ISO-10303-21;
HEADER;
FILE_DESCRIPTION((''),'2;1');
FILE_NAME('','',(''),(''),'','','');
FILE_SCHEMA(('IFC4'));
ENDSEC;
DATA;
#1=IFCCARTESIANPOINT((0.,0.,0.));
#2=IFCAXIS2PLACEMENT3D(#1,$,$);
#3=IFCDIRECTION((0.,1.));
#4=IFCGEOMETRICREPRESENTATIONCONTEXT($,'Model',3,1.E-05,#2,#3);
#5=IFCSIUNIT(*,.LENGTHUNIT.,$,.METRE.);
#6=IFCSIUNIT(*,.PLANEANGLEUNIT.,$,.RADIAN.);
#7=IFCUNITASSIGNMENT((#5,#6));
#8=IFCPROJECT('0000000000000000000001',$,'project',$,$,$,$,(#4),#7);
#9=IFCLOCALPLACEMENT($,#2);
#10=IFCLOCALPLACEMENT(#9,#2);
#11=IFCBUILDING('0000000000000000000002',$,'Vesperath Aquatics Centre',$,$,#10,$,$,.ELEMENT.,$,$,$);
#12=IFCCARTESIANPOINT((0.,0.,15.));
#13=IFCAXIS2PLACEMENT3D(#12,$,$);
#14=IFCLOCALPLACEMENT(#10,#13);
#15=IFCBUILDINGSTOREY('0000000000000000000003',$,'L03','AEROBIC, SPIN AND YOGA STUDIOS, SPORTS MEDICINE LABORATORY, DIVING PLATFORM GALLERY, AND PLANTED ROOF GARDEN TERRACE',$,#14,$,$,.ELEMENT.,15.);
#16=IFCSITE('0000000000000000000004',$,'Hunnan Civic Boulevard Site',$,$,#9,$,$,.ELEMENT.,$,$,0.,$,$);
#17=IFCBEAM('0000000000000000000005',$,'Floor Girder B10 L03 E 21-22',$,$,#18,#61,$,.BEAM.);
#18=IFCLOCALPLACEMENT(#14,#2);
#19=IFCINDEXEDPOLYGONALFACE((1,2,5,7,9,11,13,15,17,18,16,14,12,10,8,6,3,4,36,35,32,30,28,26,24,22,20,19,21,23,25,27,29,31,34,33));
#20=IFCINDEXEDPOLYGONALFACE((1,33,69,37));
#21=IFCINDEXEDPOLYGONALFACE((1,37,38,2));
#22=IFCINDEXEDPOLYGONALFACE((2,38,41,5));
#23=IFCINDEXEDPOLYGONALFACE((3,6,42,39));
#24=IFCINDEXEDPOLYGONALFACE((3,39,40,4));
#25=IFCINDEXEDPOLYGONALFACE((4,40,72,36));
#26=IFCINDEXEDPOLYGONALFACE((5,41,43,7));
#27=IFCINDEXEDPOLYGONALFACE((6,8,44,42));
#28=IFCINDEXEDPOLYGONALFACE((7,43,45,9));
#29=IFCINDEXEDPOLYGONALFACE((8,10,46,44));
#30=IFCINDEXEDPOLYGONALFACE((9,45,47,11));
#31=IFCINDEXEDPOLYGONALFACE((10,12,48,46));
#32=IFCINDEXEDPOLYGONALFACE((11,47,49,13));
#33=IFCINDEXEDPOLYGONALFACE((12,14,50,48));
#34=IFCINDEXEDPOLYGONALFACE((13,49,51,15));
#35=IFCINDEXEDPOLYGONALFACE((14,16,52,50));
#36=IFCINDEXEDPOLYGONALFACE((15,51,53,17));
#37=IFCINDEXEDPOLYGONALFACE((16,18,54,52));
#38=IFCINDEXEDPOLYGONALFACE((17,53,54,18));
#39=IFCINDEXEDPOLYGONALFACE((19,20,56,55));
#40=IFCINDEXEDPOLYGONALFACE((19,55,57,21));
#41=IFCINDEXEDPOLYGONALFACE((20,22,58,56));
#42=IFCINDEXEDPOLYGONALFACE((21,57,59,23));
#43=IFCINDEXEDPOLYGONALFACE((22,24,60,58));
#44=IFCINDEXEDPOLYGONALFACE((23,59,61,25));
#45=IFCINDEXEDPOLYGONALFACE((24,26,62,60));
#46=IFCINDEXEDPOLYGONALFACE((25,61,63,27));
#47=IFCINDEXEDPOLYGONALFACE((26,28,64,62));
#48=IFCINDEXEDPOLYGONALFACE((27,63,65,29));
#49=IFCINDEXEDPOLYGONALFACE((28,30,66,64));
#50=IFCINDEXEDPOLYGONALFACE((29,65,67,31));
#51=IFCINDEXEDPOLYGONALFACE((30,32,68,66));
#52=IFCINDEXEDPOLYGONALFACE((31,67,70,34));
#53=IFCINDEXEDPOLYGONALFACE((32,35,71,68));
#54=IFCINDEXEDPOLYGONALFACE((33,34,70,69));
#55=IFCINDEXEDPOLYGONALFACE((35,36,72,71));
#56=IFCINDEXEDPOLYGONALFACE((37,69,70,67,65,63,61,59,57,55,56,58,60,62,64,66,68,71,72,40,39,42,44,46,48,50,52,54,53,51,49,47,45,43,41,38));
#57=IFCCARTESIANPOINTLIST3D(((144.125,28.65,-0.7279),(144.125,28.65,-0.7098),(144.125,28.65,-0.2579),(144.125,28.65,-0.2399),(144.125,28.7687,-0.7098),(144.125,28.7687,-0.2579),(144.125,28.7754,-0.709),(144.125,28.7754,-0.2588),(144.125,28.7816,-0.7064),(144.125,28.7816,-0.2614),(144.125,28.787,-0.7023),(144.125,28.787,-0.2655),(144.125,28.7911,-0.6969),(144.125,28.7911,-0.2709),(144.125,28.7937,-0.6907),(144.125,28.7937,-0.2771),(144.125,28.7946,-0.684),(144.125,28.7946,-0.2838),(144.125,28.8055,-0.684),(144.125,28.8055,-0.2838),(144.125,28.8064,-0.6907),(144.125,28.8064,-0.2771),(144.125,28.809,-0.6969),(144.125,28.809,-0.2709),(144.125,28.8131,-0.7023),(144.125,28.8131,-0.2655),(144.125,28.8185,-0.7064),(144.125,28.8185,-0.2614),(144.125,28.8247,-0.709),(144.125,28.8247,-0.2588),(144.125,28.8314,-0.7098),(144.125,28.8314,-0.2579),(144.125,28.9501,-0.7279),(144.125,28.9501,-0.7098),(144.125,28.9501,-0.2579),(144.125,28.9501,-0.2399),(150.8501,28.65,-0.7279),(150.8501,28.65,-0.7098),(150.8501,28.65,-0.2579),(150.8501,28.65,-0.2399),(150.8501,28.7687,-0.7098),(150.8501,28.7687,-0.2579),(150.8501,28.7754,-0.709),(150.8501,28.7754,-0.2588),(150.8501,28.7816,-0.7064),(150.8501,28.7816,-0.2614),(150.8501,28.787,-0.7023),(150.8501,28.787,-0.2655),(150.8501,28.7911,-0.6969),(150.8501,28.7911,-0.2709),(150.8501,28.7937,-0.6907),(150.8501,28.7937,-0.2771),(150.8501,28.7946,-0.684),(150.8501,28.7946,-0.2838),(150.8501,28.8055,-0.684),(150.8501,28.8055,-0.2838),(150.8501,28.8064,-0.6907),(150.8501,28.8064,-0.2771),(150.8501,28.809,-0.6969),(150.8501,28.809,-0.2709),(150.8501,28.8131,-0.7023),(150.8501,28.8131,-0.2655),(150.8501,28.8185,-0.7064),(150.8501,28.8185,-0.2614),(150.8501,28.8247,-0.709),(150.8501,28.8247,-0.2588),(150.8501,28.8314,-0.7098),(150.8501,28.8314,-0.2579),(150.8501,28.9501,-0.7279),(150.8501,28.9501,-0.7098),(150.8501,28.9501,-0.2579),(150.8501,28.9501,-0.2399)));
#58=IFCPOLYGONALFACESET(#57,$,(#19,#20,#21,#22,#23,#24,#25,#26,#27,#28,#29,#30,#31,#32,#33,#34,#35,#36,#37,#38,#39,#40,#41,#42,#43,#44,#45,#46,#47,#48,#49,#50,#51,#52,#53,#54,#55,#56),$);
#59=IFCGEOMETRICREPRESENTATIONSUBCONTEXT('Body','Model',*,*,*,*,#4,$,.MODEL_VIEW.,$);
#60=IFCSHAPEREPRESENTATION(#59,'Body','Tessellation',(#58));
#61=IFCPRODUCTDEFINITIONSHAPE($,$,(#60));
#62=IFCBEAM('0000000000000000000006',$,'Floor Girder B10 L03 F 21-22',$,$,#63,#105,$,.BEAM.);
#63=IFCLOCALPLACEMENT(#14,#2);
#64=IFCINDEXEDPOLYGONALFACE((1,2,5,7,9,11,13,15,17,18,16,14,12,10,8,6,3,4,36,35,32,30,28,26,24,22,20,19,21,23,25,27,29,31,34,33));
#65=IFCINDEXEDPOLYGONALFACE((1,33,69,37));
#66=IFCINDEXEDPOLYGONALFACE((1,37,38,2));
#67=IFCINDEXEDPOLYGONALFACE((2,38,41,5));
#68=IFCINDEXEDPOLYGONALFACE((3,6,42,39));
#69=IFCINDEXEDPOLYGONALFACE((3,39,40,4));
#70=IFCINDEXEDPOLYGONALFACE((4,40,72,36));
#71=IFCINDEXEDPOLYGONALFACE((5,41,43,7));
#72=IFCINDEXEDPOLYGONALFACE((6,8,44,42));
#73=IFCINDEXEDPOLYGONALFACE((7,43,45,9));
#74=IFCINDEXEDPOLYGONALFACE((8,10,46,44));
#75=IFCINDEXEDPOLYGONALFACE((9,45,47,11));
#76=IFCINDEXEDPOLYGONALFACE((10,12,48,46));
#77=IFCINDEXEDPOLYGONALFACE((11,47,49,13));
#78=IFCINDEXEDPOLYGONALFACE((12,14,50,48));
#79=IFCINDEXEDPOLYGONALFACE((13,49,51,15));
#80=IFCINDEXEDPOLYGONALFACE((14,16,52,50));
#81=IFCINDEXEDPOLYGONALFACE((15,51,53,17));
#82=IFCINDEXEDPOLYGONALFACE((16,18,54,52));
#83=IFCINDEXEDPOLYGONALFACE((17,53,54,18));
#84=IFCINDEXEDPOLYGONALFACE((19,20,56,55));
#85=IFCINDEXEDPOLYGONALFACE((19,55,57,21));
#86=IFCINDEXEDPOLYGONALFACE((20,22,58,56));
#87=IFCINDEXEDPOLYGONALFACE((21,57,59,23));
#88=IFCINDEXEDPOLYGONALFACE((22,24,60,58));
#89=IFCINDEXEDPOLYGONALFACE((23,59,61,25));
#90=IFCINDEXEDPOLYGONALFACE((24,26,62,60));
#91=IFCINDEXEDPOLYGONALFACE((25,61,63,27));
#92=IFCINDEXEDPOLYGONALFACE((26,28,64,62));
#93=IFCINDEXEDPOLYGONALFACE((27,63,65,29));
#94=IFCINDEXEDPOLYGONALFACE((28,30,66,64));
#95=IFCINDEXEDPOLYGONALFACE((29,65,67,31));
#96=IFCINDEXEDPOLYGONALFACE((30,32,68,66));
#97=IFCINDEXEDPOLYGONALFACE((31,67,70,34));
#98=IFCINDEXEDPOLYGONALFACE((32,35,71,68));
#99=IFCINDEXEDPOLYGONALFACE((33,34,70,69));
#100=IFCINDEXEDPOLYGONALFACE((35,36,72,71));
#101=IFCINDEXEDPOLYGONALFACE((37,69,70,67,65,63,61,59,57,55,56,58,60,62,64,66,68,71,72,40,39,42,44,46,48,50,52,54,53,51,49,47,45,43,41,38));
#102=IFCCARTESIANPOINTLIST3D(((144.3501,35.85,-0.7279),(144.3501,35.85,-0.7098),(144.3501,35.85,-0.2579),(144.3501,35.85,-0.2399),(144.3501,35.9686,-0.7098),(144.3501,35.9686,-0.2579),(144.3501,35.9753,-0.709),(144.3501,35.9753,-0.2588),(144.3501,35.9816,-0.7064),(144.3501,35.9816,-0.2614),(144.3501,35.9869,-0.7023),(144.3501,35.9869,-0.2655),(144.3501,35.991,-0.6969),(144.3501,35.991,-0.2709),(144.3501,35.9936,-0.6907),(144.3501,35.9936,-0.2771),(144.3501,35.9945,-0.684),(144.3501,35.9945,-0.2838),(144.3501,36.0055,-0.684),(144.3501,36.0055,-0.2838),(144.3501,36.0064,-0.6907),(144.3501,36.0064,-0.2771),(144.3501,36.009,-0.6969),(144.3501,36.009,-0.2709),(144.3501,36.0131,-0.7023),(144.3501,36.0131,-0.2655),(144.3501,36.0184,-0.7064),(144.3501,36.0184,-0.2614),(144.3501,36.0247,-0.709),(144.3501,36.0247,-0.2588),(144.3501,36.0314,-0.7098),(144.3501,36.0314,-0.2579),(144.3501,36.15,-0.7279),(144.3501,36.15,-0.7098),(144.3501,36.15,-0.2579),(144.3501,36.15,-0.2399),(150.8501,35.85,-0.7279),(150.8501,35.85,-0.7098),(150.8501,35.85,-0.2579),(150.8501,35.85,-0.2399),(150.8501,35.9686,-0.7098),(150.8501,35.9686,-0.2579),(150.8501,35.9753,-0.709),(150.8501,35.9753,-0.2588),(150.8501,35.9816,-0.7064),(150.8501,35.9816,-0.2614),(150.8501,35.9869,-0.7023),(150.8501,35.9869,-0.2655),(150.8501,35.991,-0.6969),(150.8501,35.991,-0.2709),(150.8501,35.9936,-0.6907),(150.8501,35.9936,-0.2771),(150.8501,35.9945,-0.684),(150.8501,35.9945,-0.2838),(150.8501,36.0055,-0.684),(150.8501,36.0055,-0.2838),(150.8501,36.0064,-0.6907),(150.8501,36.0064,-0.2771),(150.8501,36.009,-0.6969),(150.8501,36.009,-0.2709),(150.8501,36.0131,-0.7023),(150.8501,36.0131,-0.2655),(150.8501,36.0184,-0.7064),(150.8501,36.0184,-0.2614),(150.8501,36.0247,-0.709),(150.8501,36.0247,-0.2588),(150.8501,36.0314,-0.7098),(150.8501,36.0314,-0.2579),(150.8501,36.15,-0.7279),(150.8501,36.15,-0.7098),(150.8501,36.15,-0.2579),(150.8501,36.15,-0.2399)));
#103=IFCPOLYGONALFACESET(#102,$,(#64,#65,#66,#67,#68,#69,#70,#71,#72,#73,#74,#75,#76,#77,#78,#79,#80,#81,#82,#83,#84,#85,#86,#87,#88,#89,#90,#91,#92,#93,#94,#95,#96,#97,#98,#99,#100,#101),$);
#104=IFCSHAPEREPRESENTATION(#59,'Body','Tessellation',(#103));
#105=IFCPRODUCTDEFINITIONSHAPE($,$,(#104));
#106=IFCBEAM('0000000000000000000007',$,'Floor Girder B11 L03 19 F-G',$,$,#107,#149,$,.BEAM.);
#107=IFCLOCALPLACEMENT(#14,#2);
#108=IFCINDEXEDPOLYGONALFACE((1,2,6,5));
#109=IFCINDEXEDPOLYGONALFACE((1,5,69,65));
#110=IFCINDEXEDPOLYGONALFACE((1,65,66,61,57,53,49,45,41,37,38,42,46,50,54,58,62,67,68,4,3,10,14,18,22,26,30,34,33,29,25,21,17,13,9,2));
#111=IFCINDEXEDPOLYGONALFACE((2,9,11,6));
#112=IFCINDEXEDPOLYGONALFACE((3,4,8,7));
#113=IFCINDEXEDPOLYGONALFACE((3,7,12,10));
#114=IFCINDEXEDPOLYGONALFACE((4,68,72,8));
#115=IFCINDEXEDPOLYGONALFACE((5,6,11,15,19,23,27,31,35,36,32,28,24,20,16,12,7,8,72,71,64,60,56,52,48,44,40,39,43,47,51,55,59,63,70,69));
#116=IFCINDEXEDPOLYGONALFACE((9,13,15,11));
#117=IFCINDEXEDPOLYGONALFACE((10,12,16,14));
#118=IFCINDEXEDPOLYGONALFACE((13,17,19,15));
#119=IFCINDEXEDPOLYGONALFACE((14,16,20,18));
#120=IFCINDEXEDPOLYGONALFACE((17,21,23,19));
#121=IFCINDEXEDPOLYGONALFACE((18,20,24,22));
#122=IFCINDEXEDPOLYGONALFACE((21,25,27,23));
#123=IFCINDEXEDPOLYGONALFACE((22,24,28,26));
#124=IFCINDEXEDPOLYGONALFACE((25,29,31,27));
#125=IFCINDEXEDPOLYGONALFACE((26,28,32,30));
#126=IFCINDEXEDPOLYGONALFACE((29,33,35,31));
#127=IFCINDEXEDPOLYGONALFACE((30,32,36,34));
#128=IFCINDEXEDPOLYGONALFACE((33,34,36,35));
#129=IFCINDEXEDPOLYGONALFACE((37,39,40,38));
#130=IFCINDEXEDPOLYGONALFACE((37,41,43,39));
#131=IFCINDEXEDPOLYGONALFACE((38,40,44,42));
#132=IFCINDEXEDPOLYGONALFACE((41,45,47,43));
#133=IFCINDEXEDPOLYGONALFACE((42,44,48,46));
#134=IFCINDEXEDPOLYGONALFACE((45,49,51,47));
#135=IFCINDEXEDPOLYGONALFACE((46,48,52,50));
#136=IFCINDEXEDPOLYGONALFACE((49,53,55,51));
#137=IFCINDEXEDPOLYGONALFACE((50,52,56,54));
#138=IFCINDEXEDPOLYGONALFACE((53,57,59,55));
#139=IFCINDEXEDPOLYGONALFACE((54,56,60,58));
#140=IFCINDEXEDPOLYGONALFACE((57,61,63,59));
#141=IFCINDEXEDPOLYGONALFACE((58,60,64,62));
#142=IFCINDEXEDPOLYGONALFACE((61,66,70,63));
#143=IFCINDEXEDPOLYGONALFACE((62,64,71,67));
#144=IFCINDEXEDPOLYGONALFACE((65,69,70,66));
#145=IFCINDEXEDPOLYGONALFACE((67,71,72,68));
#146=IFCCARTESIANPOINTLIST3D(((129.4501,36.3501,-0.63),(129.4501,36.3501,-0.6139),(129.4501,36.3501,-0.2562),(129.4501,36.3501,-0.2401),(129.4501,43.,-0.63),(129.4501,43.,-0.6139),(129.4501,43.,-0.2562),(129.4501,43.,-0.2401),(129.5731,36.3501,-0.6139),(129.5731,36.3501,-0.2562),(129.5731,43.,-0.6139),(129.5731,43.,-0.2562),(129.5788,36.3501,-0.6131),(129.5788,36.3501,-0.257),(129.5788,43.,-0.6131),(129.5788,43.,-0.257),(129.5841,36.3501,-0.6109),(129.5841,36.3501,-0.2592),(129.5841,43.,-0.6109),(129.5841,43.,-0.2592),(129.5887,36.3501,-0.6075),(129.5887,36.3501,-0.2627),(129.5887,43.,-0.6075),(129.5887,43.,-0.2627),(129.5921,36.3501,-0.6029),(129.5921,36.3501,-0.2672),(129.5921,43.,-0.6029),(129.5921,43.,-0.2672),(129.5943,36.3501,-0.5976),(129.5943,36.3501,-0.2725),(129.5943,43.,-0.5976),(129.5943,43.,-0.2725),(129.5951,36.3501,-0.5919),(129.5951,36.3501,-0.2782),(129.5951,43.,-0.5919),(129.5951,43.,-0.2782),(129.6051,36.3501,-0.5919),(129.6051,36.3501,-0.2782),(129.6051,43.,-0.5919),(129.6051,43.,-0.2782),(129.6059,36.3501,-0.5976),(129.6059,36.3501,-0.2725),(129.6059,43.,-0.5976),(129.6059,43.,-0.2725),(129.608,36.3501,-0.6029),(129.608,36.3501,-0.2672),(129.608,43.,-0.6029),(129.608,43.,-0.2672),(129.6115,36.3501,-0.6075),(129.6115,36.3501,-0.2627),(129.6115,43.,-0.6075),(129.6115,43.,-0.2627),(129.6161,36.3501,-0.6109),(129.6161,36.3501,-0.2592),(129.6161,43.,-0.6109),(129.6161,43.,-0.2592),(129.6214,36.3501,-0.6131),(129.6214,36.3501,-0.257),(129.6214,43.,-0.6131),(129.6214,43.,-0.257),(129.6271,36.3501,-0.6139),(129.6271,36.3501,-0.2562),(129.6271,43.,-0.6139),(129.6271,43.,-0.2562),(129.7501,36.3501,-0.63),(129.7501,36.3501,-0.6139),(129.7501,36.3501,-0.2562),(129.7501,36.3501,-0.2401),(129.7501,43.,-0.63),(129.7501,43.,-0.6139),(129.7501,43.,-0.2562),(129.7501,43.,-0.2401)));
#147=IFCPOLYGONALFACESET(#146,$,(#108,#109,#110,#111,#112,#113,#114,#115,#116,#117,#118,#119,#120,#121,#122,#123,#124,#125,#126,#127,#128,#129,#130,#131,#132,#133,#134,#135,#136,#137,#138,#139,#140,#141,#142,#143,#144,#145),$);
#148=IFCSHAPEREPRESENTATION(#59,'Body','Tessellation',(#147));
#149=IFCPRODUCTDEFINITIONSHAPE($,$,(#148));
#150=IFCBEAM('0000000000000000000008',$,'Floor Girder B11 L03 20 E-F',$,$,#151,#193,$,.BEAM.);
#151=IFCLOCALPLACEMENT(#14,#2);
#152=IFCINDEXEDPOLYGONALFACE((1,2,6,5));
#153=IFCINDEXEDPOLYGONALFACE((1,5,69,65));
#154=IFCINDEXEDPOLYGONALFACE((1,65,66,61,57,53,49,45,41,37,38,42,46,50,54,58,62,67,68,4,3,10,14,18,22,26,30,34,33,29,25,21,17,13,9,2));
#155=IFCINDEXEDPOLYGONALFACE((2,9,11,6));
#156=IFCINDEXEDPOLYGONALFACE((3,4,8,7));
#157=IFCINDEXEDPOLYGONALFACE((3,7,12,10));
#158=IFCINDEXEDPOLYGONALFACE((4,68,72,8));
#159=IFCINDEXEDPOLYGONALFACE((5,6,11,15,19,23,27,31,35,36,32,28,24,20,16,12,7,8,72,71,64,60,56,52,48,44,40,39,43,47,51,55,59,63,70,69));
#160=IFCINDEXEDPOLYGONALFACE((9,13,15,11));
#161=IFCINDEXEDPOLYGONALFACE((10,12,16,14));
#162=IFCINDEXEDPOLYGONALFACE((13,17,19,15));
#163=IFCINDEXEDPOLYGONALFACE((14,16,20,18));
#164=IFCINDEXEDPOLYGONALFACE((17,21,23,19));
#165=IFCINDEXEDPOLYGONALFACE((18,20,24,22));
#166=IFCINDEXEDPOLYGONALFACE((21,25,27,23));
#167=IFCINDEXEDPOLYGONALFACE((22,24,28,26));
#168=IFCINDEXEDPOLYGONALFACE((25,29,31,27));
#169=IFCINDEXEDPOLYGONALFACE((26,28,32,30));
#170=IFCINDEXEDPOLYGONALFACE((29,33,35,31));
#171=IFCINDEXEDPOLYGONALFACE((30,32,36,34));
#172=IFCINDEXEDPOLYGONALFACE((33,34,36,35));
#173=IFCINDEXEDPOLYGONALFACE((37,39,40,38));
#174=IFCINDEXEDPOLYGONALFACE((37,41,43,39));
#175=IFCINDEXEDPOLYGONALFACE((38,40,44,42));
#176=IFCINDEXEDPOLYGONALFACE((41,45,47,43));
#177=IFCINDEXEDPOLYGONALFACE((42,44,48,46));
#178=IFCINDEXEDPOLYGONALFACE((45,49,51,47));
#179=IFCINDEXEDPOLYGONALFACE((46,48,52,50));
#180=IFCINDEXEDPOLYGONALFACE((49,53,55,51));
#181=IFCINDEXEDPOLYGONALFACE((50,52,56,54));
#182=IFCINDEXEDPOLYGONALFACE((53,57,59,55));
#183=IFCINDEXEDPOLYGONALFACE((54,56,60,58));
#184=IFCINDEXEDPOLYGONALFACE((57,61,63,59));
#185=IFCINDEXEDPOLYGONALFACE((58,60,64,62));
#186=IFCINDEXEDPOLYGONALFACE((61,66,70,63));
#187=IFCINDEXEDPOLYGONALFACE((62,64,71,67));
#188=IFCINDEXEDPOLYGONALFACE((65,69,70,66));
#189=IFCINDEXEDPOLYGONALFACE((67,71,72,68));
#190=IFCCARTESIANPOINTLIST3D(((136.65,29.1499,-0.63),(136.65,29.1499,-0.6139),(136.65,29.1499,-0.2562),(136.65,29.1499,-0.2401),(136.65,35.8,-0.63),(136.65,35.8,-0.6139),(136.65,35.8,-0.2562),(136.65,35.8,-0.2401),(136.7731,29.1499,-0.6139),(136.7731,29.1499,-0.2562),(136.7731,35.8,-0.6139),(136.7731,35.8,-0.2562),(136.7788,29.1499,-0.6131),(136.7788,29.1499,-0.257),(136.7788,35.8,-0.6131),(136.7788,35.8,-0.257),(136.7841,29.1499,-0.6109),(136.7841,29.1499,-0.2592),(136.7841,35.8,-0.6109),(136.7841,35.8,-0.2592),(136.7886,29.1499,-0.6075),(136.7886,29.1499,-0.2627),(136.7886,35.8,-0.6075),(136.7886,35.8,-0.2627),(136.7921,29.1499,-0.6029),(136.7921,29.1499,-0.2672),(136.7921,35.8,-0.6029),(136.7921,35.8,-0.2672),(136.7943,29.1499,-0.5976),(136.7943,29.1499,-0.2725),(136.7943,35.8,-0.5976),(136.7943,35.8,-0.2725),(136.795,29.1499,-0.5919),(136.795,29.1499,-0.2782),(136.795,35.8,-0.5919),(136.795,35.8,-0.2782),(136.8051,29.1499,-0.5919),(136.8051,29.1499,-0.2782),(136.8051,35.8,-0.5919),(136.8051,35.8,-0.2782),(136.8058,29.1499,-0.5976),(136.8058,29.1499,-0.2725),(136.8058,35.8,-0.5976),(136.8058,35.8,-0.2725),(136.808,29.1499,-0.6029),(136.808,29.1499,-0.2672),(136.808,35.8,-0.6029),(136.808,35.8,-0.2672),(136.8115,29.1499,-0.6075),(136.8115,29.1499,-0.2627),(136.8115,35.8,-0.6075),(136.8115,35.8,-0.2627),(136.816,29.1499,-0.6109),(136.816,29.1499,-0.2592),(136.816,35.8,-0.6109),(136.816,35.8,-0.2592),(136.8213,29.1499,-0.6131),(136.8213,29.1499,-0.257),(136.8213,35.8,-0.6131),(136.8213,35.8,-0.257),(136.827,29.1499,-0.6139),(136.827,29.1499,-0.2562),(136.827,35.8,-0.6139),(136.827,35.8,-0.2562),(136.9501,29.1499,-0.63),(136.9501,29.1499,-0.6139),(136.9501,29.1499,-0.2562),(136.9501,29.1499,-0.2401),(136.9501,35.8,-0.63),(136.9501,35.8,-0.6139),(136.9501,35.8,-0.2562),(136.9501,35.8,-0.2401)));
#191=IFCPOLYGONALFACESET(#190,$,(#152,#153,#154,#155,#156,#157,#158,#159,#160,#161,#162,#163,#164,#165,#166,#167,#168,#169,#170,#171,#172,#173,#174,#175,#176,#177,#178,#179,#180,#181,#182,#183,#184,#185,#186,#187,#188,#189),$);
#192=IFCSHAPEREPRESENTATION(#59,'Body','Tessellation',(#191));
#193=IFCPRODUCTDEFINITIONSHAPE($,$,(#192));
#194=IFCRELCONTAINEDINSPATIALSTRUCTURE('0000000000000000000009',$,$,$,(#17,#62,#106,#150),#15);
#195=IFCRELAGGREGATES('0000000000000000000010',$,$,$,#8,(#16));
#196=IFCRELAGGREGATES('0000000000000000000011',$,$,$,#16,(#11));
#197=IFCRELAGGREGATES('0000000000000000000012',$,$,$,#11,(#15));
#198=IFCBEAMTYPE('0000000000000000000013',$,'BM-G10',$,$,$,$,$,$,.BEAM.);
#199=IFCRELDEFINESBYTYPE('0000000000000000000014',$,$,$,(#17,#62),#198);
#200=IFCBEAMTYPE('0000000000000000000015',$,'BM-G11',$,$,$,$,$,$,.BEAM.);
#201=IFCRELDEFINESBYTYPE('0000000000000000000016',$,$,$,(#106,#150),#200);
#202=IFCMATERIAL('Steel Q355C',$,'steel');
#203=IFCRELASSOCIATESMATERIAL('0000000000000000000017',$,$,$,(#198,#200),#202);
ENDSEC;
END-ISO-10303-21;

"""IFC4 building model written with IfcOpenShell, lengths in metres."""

from ifc_helpers import new_model, si_unit, direction, frame, origin, origin_2d, place, context, subcontext, project, spatial, i_section, extrude, material, material_profile, profile_set, type_object, element, save


model = new_model("IFC4")

# Units and contexts
model_context = context("Model", 3, precision=1e-05, world=origin(), true_north=direction((0.0, 1.0)))
body_context = subcontext(model_context, "Body", "Model", "MODEL_VIEW")
ifc_project = project(units=[si_unit("LENGTHUNIT", "METRE"), si_unit("PLANEANGLEUNIT", "RADIAN")], contexts=[model_context])

# Site, building, storey
site_placement = place(None, origin())
site = spatial("IfcSite", under=ifc_project, at=site_placement, Name="Hunnan Civic Boulevard Site", CompositionType="ELEMENT", RefElevation=0.0)
building_placement = place(site_placement, origin())
building = spatial("IfcBuilding", under=site, at=building_placement, Name="Vesperath Aquatics Centre", CompositionType="ELEMENT")
storey_placement = place(building_placement, frame((0.0, 0.0, 15.0)))
storey = spatial("IfcBuildingStorey", under=building, at=storey_placement, Name="L03", Description="AEROBIC, SPIN AND YOGA STUDIOS, SPORTS MEDICINE LABORATORY, DIVING PLATFORM GALLERY, AND PLANTED ROOF GARDEN TERRACE", CompositionType="ELEMENT", Elevation=15.0)

# Shared definitions
ifc_material_1 = material(Name="Steel Q355C", Category="steel")

# Beams
ifc_material_profile_1 = material_profile(ifc_material_1, i_section(OverallWidth=0.3, OverallDepth=0.488, WebThickness=0.011, FlangeThickness=0.0181, FilletRadius=0.0259, at=origin_2d()), Name="HM 488x300x11x18")
ifc_profile_set_1 = profile_set([ifc_material_profile_1], Name="Steel Q355C")
beam_type_1 = type_object("IfcBeamType", Name="BM-G10", PredefinedType="BEAM", material=ifc_profile_set_1)
beam_1_placement = place(storey_placement, frame((144.125, 28.8, -0.4839), z_axis=(1.0, 0.0, 0.0), x_axis=(0.0, 1.0, 0.0)))
element("IfcBeam", 1, at=beam_1_placement, inside=storey, type_object=beam_type_1, Name="Floor Girder B10 L03 E 21-22", PredefinedType="BEAM", context=body_context, shape_type="SweptSolid", body=[
    extrude(i_section(OverallWidth=0.3, OverallDepth=0.488, WebThickness=0.011, FlangeThickness=0.0181, FilletRadius=0.0259, at=origin_2d()), origin(), (0.0, 0.0, 1.0), 6.7251),
])
beam_2_placement = place(storey_placement, frame((144.3501, 36.0, -0.4839), z_axis=(1.0, 0.0, 0.0), x_axis=(0.0, 1.0, 0.0)))
element("IfcBeam", 2, at=beam_2_placement, inside=storey, type_object=beam_type_1, Name="Floor Girder B10 L03 F 21-22", PredefinedType="BEAM", context=body_context, shape_type="SweptSolid", body=[
    extrude(i_section(OverallWidth=0.3, OverallDepth=0.488, WebThickness=0.011, FlangeThickness=0.0181, FilletRadius=0.0259, at=origin_2d()), origin(), (0.0, 0.0, 1.0), 6.5),
])
ifc_material_profile_2 = material_profile(ifc_material_1, i_section(OverallWidth=0.3, OverallDepth=0.3899, WebThickness=0.01, FlangeThickness=0.0161, FilletRadius=0.022, at=origin_2d()), Name="HM 390x300x10x16")
ifc_profile_set_2 = profile_set([ifc_material_profile_2], Name="Steel Q355C")
beam_type_2 = type_object("IfcBeamType", Name="BM-G11", PredefinedType="BEAM", material=ifc_profile_set_2)
beam_3_placement = place(storey_placement, frame((129.6001, 36.3501, -0.4351), z_axis=(0.0, 1.0, 0.0), x_axis=(-1.0, 0.0, 0.0)))
element("IfcBeam", 3, at=beam_3_placement, inside=storey, type_object=beam_type_2, Name="Floor Girder B11 L03 19 F-G", PredefinedType="BEAM", context=body_context, shape_type="SweptSolid", body=[
    extrude(i_section(OverallWidth=0.3, OverallDepth=0.3899, WebThickness=0.01, FlangeThickness=0.0161, FilletRadius=0.022, at=origin_2d()), origin(), (0.0, 0.0, 1.0), 6.6499),
])
for number, where, z_axis, x_axis, name in (
    (4, (136.8, 29.1499, -0.4351), (0.0, 1.0, 0.0), (-1.0, 0.0, 0.0), "Floor Girder B11 L03 20 E-F"),
):
    element("IfcBeam", number, at=place(storey_placement, frame(where, z_axis=z_axis, x_axis=x_axis)), inside=storey, type_object=beam_type_2, Name=name, PredefinedType="BEAM", context=body_context, shape_type="SweptSolid", body=[
        extrude(i_section(OverallWidth=0.3, OverallDepth=0.3899, WebThickness=0.01, FlangeThickness=0.0161, FilletRadius=0.022, at=origin_2d()), origin(), (0.0, 0.0, 1.0), 6.6501),
    ])

save(model, "model.ifc")
